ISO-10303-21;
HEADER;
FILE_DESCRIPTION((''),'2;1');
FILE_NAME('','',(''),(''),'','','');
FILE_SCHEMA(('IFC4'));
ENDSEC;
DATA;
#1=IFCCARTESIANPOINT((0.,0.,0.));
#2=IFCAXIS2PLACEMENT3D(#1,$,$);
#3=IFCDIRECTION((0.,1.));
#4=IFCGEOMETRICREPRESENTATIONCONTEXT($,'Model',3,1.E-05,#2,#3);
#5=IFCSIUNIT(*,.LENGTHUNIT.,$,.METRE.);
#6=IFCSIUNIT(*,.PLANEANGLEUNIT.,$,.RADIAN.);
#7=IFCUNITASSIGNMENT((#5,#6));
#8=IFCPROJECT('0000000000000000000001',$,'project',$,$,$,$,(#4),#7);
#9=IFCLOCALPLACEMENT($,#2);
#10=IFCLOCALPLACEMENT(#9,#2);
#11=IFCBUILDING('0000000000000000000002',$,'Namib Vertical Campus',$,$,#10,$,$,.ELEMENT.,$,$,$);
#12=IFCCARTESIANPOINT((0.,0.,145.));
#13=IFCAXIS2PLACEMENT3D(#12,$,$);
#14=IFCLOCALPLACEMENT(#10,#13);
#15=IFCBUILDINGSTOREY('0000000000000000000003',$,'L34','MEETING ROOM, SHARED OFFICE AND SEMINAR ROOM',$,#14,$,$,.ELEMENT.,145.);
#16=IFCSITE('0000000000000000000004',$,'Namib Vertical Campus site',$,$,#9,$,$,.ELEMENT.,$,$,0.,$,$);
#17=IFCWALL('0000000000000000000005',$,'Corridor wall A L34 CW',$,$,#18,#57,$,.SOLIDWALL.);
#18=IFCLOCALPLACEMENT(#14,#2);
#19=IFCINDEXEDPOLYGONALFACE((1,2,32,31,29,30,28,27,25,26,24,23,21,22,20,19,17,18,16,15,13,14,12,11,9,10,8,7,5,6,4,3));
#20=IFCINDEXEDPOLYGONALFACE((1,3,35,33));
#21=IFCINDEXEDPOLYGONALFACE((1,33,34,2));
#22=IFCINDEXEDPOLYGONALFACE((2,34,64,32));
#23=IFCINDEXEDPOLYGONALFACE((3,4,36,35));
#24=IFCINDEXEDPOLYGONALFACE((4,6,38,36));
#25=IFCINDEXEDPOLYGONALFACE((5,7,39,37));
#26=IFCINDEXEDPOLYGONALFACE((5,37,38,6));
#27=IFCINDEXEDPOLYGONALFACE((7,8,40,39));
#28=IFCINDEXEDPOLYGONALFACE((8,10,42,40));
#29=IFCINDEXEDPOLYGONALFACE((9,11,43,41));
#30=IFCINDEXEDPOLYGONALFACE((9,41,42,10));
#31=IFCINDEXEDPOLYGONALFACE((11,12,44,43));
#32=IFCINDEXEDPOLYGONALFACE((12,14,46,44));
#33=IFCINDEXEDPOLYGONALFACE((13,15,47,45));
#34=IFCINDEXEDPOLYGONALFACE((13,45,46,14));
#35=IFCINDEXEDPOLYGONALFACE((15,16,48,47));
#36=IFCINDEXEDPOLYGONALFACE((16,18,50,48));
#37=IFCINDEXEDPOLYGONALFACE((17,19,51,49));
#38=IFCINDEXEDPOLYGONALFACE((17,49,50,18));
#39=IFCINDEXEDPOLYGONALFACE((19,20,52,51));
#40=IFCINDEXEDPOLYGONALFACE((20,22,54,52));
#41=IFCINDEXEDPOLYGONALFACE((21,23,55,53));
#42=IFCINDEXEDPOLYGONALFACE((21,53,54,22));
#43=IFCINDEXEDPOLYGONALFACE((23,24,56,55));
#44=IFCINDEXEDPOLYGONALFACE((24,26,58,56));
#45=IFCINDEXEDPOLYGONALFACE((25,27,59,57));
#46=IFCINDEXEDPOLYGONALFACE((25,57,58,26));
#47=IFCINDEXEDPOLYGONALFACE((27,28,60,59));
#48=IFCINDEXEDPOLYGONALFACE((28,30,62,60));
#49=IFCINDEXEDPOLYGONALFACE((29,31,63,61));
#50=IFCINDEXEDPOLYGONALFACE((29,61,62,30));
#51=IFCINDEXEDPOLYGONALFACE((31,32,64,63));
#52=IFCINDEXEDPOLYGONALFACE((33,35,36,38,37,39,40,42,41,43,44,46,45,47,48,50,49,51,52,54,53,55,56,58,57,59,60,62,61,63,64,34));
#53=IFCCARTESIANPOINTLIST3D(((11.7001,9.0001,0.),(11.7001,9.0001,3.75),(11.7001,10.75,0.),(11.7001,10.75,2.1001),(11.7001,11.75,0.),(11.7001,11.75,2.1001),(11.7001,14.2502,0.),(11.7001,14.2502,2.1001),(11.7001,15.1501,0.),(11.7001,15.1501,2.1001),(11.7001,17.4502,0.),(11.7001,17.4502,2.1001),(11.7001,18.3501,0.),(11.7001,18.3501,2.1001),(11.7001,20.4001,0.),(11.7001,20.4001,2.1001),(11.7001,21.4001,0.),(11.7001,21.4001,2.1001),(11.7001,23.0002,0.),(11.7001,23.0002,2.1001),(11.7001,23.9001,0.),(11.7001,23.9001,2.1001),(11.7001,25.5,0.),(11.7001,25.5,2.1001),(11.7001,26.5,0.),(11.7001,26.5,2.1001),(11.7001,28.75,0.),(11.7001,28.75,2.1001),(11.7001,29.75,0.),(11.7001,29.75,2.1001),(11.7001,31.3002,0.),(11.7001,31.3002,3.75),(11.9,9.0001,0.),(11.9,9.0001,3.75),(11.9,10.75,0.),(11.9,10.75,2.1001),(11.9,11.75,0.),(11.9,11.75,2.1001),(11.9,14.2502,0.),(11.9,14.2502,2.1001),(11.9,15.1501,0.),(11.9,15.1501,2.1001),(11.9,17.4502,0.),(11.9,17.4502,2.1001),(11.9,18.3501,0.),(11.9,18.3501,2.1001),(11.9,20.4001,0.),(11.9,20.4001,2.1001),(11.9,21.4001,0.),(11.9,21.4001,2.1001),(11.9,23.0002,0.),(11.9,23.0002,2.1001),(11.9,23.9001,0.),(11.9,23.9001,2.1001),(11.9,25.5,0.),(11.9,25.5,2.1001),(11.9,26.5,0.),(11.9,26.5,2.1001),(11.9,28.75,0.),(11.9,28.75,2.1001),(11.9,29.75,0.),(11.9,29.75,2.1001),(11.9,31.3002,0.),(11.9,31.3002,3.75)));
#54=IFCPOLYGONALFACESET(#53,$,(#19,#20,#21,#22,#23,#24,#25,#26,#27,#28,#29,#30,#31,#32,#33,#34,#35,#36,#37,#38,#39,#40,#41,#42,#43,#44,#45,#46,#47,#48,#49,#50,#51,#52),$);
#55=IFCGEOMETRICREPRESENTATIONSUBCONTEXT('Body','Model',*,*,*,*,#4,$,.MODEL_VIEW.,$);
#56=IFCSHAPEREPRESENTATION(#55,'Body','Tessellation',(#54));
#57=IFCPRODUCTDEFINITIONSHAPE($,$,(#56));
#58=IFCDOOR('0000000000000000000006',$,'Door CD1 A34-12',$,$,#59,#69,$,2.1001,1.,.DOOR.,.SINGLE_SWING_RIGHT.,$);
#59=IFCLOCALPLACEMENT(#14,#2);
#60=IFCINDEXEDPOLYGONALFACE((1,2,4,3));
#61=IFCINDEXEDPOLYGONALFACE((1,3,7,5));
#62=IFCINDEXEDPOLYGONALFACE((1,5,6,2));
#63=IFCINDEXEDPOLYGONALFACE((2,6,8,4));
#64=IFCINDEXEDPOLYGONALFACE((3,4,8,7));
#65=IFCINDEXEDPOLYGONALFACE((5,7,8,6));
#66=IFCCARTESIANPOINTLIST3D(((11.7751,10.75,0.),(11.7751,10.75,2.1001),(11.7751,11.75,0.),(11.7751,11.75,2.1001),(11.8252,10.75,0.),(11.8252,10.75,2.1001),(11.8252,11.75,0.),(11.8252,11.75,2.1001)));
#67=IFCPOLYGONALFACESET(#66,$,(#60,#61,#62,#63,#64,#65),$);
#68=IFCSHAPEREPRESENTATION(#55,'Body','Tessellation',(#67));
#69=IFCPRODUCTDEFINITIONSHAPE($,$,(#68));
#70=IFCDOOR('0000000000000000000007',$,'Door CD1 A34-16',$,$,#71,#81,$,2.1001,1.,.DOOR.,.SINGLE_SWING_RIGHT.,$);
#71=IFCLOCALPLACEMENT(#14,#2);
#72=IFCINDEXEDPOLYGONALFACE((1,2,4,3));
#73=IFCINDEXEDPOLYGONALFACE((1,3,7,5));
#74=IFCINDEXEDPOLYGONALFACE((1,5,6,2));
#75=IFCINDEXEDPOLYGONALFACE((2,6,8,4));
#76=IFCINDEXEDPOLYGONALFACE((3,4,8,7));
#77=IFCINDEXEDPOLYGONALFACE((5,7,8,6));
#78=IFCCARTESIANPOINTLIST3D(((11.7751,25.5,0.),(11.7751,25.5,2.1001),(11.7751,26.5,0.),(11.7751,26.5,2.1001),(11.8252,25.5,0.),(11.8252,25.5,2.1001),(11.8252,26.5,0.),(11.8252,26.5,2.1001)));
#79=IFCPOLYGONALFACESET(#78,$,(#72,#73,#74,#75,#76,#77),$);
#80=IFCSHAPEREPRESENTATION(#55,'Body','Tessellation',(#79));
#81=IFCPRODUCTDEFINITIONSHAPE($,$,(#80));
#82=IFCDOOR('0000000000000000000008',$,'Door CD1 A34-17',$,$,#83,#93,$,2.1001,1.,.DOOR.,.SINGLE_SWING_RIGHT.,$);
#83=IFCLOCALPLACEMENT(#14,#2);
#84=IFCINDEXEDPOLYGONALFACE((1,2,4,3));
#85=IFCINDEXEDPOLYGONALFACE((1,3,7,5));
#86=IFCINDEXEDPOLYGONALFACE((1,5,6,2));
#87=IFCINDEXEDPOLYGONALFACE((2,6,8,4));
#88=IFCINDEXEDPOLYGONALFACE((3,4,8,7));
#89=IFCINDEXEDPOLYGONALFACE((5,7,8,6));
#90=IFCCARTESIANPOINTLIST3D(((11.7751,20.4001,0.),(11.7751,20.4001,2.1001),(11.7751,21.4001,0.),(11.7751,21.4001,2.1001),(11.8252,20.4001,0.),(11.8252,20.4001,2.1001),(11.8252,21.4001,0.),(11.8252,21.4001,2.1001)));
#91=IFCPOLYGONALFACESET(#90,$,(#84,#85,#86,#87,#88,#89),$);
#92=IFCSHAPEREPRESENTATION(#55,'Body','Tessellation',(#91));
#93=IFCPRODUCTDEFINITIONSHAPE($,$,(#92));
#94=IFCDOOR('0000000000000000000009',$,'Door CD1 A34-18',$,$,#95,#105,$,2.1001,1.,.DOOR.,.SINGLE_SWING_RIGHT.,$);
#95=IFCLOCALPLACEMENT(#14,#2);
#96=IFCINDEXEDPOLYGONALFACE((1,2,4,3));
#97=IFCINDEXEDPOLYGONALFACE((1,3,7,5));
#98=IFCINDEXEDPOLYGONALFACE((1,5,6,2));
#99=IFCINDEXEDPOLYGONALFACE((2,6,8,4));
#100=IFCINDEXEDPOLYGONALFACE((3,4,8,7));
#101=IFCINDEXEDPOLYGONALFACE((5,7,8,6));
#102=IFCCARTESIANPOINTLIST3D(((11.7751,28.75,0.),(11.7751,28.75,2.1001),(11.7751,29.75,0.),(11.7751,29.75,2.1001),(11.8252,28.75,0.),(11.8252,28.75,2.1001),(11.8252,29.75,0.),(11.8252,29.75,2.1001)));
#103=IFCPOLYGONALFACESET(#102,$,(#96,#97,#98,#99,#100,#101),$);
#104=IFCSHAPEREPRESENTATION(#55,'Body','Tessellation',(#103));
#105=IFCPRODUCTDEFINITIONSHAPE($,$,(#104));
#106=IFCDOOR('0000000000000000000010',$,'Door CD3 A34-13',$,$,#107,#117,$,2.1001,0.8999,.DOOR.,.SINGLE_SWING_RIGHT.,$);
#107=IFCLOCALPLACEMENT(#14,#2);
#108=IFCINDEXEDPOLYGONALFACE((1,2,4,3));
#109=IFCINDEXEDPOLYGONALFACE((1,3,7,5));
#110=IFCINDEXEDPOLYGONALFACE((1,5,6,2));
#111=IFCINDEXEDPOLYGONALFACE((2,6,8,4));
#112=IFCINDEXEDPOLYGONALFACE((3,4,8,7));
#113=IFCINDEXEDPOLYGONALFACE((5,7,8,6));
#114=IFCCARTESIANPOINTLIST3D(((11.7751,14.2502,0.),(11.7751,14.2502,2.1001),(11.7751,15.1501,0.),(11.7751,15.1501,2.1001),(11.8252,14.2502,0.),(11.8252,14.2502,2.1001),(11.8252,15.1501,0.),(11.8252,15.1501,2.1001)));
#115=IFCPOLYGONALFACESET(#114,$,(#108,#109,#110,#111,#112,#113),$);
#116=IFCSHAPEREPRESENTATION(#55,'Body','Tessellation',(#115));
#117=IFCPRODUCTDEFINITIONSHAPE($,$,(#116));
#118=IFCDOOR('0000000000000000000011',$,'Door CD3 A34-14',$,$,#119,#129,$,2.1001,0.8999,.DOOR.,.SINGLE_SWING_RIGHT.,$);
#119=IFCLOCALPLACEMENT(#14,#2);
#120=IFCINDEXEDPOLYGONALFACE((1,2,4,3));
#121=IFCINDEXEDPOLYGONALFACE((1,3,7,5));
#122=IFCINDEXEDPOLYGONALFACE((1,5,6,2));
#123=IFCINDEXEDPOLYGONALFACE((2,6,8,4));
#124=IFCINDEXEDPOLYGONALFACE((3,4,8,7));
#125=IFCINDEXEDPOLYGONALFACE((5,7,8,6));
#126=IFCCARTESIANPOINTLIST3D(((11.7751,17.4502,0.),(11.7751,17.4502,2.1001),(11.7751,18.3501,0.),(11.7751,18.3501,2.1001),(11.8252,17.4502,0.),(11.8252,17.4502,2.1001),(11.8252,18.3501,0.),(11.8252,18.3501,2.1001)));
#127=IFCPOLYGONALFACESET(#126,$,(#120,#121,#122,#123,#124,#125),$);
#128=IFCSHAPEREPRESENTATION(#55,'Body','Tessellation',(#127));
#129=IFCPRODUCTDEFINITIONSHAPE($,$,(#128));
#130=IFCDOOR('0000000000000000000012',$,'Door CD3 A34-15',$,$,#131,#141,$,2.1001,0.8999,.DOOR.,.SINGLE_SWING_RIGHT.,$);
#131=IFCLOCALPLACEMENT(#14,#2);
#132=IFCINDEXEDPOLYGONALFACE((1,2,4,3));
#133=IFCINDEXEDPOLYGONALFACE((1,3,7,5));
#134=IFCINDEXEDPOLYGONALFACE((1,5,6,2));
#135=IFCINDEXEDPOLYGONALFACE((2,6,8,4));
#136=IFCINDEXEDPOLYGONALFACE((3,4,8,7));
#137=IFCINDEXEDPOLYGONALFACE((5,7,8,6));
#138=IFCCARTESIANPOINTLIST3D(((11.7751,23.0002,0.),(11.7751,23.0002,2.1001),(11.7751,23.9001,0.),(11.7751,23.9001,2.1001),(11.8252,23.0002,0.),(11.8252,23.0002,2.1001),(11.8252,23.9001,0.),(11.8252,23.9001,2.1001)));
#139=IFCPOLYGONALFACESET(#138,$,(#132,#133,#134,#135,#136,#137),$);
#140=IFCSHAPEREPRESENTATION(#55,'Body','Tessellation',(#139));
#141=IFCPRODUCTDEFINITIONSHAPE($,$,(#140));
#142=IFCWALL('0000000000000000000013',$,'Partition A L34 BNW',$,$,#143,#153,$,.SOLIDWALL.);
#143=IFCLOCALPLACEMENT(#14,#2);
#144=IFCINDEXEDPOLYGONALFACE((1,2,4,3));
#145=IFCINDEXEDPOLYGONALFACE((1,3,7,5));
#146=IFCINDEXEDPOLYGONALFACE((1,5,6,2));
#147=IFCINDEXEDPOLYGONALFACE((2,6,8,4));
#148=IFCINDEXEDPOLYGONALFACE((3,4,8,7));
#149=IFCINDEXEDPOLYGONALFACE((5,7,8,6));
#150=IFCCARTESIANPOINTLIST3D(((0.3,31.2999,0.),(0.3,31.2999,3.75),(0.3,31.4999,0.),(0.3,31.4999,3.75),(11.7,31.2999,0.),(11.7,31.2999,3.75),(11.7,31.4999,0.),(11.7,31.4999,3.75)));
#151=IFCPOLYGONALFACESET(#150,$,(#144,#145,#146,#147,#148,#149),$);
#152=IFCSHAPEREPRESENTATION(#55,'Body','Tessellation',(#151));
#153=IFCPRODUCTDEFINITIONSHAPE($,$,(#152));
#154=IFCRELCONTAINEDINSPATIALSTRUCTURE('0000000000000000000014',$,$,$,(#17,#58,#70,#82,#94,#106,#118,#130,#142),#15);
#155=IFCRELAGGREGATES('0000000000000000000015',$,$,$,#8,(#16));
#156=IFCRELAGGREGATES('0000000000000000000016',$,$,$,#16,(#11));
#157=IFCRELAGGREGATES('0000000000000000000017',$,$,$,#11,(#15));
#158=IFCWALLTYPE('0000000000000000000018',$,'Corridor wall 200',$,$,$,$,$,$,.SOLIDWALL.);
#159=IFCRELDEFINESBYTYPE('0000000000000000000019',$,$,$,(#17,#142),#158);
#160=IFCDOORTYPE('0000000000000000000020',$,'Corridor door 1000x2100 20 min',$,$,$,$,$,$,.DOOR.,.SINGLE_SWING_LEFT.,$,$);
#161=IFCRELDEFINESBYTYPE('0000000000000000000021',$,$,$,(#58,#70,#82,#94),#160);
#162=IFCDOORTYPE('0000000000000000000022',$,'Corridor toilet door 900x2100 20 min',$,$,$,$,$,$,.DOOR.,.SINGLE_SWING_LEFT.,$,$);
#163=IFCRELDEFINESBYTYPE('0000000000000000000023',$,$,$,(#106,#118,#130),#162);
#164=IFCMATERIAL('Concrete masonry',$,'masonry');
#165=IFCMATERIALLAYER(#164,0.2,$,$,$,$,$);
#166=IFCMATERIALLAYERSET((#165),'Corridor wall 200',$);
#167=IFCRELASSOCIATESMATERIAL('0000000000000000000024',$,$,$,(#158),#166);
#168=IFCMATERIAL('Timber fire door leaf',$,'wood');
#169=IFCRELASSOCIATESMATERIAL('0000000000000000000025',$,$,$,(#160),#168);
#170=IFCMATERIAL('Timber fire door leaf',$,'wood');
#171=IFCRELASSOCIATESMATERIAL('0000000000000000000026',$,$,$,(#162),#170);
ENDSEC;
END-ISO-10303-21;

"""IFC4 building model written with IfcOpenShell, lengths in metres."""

from ifc_helpers import new_model, si_unit, direction, frame, frame_2d, origin, place, context, subcontext, project, spatial, rectangle, extrude, material, layer, layer_set, type_object, element, fill, save


model = new_model("IFC4")

# Units and contexts
model_context = context("Model", 3, precision=1e-05, world=origin(), true_north=direction((0.0, 1.0)))
body_context = subcontext(model_context, "Body", "Model", "MODEL_VIEW")
ifc_project = project(units=[si_unit("LENGTHUNIT", "METRE"), si_unit("PLANEANGLEUNIT", "RADIAN")], contexts=[model_context])

# Site, building, storey
site_placement = place(None, origin())
site = spatial("IfcSite", under=ifc_project, at=site_placement, Name="Namib Vertical Campus site", CompositionType="ELEMENT", RefElevation=0.0)
building_placement = place(site_placement, origin())
building = spatial("IfcBuilding", under=site, at=building_placement, Name="Namib Vertical Campus", CompositionType="ELEMENT")
storey_placement = place(building_placement, frame((0.0, 0.0, 145.0)))
storey = spatial("IfcBuildingStorey", under=building, at=storey_placement, Name="L34", Description="MEETING ROOM, SHARED OFFICE AND SEMINAR ROOM", CompositionType="ELEMENT", Elevation=145.0)

# Wall, openings, doors
ifc_material_1 = material(Name="Concrete masonry", Category="masonry")
ifc_layer_1 = layer(ifc_material_1, 0.2)
ifc_layer_set_1 = layer_set([ifc_layer_1], Name="Corridor wall 200")
wall_type_1 = type_object("IfcWallType", Name="Corridor wall 200", PredefinedType="SOLIDWALL", material=ifc_layer_set_1)
wall_1_placement = place(storey_placement, frame((11.8, 31.3, 0.0), z_axis=(0.0, 0.0, 1.0), x_axis=(0.0, -1.0, 0.0)))
wall_1 = element("IfcWall", 1, at=wall_1_placement, inside=storey, type_object=wall_type_1, Name="Corridor wall A L34 CW", PredefinedType="SOLIDWALL", context=body_context, shape_type="SweptSolid", body=[
    extrude(rectangle(XDim=22.3, YDim=0.2, at=frame_2d((11.1499, 0.0))), origin(), (0.0, 0.0, 1.0), 3.75),
])
opening_1_placement = place(wall_1_placement, frame((19.55, 0.0, 0.0)))
opening_1 = element("IfcOpeningElement", 2, at=opening_1_placement, cuts=wall_1, PredefinedType="OPENING", context=body_context, shape_type="SweptSolid", body=[
    extrude(rectangle(XDim=1.0, YDim=2.1001, at=frame_2d((0.5, 1.05))), frame((0.0, 0.1099, 0.0), z_axis=(0.0, -1.0, 0.0), x_axis=(1.0, 0.0, 0.0)), (0.0, 0.0, 1.0), 0.22),
])
opening_2_placement = place(wall_1_placement, frame((16.1499, 0.0, 0.0)))
opening_2 = element("IfcOpeningElement", 3, at=opening_2_placement, cuts=wall_1, PredefinedType="OPENING", context=body_context, shape_type="SweptSolid", body=[
    extrude(rectangle(XDim=0.8999, YDim=2.1001, at=frame_2d((0.45, 1.05))), frame((0.0, 0.1099, 0.0), z_axis=(0.0, -1.0, 0.0), x_axis=(1.0, 0.0, 0.0)), (0.0, 0.0, 1.0), 0.22),
])
opening_3_placement = place(wall_1_placement, frame((12.95, 0.0, 0.0)))
opening_3 = element("IfcOpeningElement", 4, at=opening_3_placement, cuts=wall_1, PredefinedType="OPENING", context=body_context, shape_type="SweptSolid", body=[
    extrude(rectangle(XDim=0.8999, YDim=2.1001, at=frame_2d((0.45, 1.05))), frame((0.0, 0.1099, 0.0), z_axis=(0.0, -1.0, 0.0), x_axis=(1.0, 0.0, 0.0)), (0.0, 0.0, 1.0), 0.22),
])
opening_4_placement = place(wall_1_placement, frame((7.3999, 0.0, 0.0)))
opening_4 = element("IfcOpeningElement", 5, at=opening_4_placement, cuts=wall_1, PredefinedType="OPENING", context=body_context, shape_type="SweptSolid", body=[
    extrude(rectangle(XDim=0.8999, YDim=2.1001, at=frame_2d((0.45, 1.05))), frame((0.0, 0.1099, 0.0), z_axis=(0.0, -1.0, 0.0), x_axis=(1.0, 0.0, 0.0)), (0.0, 0.0, 1.0), 0.22),
])
opening_5_placement = place(wall_1_placement, frame((4.8, 0.0, 0.0)))
opening_5 = element("IfcOpeningElement", 6, at=opening_5_placement, cuts=wall_1, PredefinedType="OPENING", context=body_context, shape_type="SweptSolid", body=[
    extrude(rectangle(XDim=1.0, YDim=2.1001, at=frame_2d((0.5, 1.05))), frame((0.0, 0.1099, 0.0), z_axis=(0.0, -1.0, 0.0), x_axis=(1.0, 0.0, 0.0)), (0.0, 0.0, 1.0), 0.22),
])
opening_6_placement = place(wall_1_placement, frame((9.8999, 0.0, 0.0)))
opening_6 = element("IfcOpeningElement", 7, at=opening_6_placement, cuts=wall_1, PredefinedType="OPENING", context=body_context, shape_type="SweptSolid", body=[
    extrude(rectangle(XDim=1.0, YDim=2.1001, at=frame_2d((0.5, 1.05))), frame((0.0, 0.1099, 0.0), z_axis=(0.0, -1.0, 0.0), x_axis=(1.0, 0.0, 0.0)), (0.0, 0.0, 1.0), 0.22),
])
opening_7_placement = place(wall_1_placement, frame((1.55, 0.0, 0.0)))
opening_7 = element("IfcOpeningElement", 8, at=opening_7_placement, cuts=wall_1, PredefinedType="OPENING", context=body_context, shape_type="SweptSolid", body=[
    extrude(rectangle(XDim=1.0, YDim=2.1001, at=frame_2d((0.5, 1.05))), frame((0.0, 0.1099, 0.0), z_axis=(0.0, -1.0, 0.0), x_axis=(1.0, 0.0, 0.0)), (0.0, 0.0, 1.0), 0.22),
])
ifc_material_2 = material(Name="Timber fire door leaf", Category="wood")
door_type_1 = type_object("IfcDoorType", Name="Corridor door 1000x2100 20 min", OperationType="SINGLE_SWING_LEFT", PredefinedType="DOOR", material=ifc_material_2)
door_1_placement = place(opening_1_placement, frame((1.0, 0.0, 0.0), z_axis=(0.0, 0.0, 1.0), x_axis=(-1.0, 0.0, 0.0)))
door_1 = element("IfcDoor", 9, at=door_1_placement, inside=storey, type_object=door_type_1, Name="Door CD1 A34-12", OperationType="SINGLE_SWING_RIGHT", OverallHeight=2.1001, OverallWidth=1.0, PredefinedType="DOOR", context=body_context, shape_type="SweptSolid", body=[
    extrude(rectangle(XDim=1.0, YDim=2.1001, at=frame_2d((0.5, 1.05))), frame((0.0, 0.0249, 0.0), z_axis=(0.0, -1.0, 0.0), x_axis=(1.0, 0.0, 0.0)), (0.0, 0.0, 1.0), 0.05),
])
fill(opening_1, door_1)
door_2_placement = place(opening_5_placement, frame((1.0, 0.0, 0.0), z_axis=(0.0, 0.0, 1.0), x_axis=(-1.0, 0.0, 0.0)))
door_2 = element("IfcDoor", 10, at=door_2_placement, inside=storey, type_object=door_type_1, Name="Door CD1 A34-16", OperationType="SINGLE_SWING_RIGHT", OverallHeight=2.1001, OverallWidth=1.0, PredefinedType="DOOR", context=body_context, shape_type="SweptSolid", body=[
    extrude(rectangle(XDim=1.0, YDim=2.1001, at=frame_2d((0.5, 1.05))), frame((0.0, 0.0249, 0.0), z_axis=(0.0, -1.0, 0.0), x_axis=(1.0, 0.0, 0.0)), (0.0, 0.0, 1.0), 0.05),
])
fill(opening_5, door_2)
door_3_placement = place(opening_6_placement, frame((1.0, 0.0, 0.0), z_axis=(0.0, 0.0, 1.0), x_axis=(-1.0, 0.0, 0.0)))
door_3 = element("IfcDoor", 11, at=door_3_placement, inside=storey, type_object=door_type_1, Name="Door CD1 A34-17", OperationType="SINGLE_SWING_RIGHT", OverallHeight=2.1001, OverallWidth=1.0, PredefinedType="DOOR", context=body_context, shape_type="SweptSolid", body=[
    extrude(rectangle(XDim=1.0, YDim=2.1001, at=frame_2d((0.5, 1.05))), frame((0.0, 0.0249, 0.0), z_axis=(0.0, -1.0, 0.0), x_axis=(1.0, 0.0, 0.0)), (0.0, 0.0, 1.0), 0.05),
])
fill(opening_6, door_3)
door_4_placement = place(opening_7_placement, frame((1.0, 0.0, 0.0), z_axis=(0.0, 0.0, 1.0), x_axis=(-1.0, 0.0, 0.0)))
door_4 = element("IfcDoor", 12, at=door_4_placement, inside=storey, type_object=door_type_1, Name="Door CD1 A34-18", OperationType="SINGLE_SWING_RIGHT", OverallHeight=2.1001, OverallWidth=1.0, PredefinedType="DOOR", context=body_context, shape_type="SweptSolid", body=[
    extrude(rectangle(XDim=1.0, YDim=2.1001, at=frame_2d((0.5, 1.05))), frame((0.0, 0.0249, 0.0), z_axis=(0.0, -1.0, 0.0), x_axis=(1.0, 0.0, 0.0)), (0.0, 0.0, 1.0), 0.05),
])
fill(opening_7, door_4)
ifc_material_3 = material(Name="Timber fire door leaf", Category="wood")
door_type_2 = type_object("IfcDoorType", Name="Corridor toilet door 900x2100 20 min", OperationType="SINGLE_SWING_LEFT", PredefinedType="DOOR", material=ifc_material_3)
door_5_placement = place(opening_2_placement, frame((0.8999, 0.0, 0.0), z_axis=(0.0, 0.0, 1.0), x_axis=(-1.0, 0.0, 0.0)))
door_5 = element("IfcDoor", 13, at=door_5_placement, inside=storey, type_object=door_type_2, Name="Door CD3 A34-13", OperationType="SINGLE_SWING_RIGHT", OverallHeight=2.1001, OverallWidth=0.8999, PredefinedType="DOOR", context=body_context, shape_type="SweptSolid", body=[
    extrude(rectangle(XDim=0.8999, YDim=2.1001, at=frame_2d((0.45, 1.05))), frame((0.0, 0.0249, 0.0), z_axis=(0.0, -1.0, 0.0), x_axis=(1.0, 0.0, 0.0)), (0.0, 0.0, 1.0), 0.05),
])
fill(opening_2, door_5)
door_6_placement = place(opening_3_placement, frame((0.8999, 0.0, 0.0), z_axis=(0.0, 0.0, 1.0), x_axis=(-1.0, 0.0, 0.0)))
door_6 = element("IfcDoor", 14, at=door_6_placement, inside=storey, type_object=door_type_2, Name="Door CD3 A34-14", OperationType="SINGLE_SWING_RIGHT", OverallHeight=2.1001, OverallWidth=0.8999, PredefinedType="DOOR", context=body_context, shape_type="SweptSolid", body=[
    extrude(rectangle(XDim=0.8999, YDim=2.1001, at=frame_2d((0.45, 1.05))), frame((0.0, 0.0249, 0.0), z_axis=(0.0, -1.0, 0.0), x_axis=(1.0, 0.0, 0.0)), (0.0, 0.0, 1.0), 0.05),
])
fill(opening_3, door_6)
door_7_placement = place(opening_4_placement, frame((0.8999, 0.0, 0.0), z_axis=(0.0, 0.0, 1.0), x_axis=(-1.0, 0.0, 0.0)))
door_7 = element("IfcDoor", 15, at=door_7_placement, inside=storey, type_object=door_type_2, Name="Door CD3 A34-15", OperationType="SINGLE_SWING_RIGHT", OverallHeight=2.1001, OverallWidth=0.8999, PredefinedType="DOOR", context=body_context, shape_type="SweptSolid", body=[
    extrude(rectangle(XDim=0.8999, YDim=2.1001, at=frame_2d((0.45, 1.05))), frame((0.0, 0.0249, 0.0), z_axis=(0.0, -1.0, 0.0), x_axis=(1.0, 0.0, 0.0)), (0.0, 0.0, 1.0), 0.05),
])
fill(opening_4, door_7)

# Wall
wall_2_placement = place(storey_placement, frame((0.3, 31.3999, 0.0), z_axis=(0.0, 0.0, 1.0), x_axis=(1.0, 0.0, 0.0)))
element("IfcWall", 16, at=wall_2_placement, inside=storey, type_object=wall_type_1, Name="Partition A L34 BNW", PredefinedType="SOLIDWALL", context=body_context, shape_type="SweptSolid", body=[
    extrude(rectangle(XDim=11.3999, YDim=0.2, at=frame_2d((5.7, 0.0))), origin(), (0.0, 0.0, 1.0), 3.75),
])

save(model, "model.ifc")
